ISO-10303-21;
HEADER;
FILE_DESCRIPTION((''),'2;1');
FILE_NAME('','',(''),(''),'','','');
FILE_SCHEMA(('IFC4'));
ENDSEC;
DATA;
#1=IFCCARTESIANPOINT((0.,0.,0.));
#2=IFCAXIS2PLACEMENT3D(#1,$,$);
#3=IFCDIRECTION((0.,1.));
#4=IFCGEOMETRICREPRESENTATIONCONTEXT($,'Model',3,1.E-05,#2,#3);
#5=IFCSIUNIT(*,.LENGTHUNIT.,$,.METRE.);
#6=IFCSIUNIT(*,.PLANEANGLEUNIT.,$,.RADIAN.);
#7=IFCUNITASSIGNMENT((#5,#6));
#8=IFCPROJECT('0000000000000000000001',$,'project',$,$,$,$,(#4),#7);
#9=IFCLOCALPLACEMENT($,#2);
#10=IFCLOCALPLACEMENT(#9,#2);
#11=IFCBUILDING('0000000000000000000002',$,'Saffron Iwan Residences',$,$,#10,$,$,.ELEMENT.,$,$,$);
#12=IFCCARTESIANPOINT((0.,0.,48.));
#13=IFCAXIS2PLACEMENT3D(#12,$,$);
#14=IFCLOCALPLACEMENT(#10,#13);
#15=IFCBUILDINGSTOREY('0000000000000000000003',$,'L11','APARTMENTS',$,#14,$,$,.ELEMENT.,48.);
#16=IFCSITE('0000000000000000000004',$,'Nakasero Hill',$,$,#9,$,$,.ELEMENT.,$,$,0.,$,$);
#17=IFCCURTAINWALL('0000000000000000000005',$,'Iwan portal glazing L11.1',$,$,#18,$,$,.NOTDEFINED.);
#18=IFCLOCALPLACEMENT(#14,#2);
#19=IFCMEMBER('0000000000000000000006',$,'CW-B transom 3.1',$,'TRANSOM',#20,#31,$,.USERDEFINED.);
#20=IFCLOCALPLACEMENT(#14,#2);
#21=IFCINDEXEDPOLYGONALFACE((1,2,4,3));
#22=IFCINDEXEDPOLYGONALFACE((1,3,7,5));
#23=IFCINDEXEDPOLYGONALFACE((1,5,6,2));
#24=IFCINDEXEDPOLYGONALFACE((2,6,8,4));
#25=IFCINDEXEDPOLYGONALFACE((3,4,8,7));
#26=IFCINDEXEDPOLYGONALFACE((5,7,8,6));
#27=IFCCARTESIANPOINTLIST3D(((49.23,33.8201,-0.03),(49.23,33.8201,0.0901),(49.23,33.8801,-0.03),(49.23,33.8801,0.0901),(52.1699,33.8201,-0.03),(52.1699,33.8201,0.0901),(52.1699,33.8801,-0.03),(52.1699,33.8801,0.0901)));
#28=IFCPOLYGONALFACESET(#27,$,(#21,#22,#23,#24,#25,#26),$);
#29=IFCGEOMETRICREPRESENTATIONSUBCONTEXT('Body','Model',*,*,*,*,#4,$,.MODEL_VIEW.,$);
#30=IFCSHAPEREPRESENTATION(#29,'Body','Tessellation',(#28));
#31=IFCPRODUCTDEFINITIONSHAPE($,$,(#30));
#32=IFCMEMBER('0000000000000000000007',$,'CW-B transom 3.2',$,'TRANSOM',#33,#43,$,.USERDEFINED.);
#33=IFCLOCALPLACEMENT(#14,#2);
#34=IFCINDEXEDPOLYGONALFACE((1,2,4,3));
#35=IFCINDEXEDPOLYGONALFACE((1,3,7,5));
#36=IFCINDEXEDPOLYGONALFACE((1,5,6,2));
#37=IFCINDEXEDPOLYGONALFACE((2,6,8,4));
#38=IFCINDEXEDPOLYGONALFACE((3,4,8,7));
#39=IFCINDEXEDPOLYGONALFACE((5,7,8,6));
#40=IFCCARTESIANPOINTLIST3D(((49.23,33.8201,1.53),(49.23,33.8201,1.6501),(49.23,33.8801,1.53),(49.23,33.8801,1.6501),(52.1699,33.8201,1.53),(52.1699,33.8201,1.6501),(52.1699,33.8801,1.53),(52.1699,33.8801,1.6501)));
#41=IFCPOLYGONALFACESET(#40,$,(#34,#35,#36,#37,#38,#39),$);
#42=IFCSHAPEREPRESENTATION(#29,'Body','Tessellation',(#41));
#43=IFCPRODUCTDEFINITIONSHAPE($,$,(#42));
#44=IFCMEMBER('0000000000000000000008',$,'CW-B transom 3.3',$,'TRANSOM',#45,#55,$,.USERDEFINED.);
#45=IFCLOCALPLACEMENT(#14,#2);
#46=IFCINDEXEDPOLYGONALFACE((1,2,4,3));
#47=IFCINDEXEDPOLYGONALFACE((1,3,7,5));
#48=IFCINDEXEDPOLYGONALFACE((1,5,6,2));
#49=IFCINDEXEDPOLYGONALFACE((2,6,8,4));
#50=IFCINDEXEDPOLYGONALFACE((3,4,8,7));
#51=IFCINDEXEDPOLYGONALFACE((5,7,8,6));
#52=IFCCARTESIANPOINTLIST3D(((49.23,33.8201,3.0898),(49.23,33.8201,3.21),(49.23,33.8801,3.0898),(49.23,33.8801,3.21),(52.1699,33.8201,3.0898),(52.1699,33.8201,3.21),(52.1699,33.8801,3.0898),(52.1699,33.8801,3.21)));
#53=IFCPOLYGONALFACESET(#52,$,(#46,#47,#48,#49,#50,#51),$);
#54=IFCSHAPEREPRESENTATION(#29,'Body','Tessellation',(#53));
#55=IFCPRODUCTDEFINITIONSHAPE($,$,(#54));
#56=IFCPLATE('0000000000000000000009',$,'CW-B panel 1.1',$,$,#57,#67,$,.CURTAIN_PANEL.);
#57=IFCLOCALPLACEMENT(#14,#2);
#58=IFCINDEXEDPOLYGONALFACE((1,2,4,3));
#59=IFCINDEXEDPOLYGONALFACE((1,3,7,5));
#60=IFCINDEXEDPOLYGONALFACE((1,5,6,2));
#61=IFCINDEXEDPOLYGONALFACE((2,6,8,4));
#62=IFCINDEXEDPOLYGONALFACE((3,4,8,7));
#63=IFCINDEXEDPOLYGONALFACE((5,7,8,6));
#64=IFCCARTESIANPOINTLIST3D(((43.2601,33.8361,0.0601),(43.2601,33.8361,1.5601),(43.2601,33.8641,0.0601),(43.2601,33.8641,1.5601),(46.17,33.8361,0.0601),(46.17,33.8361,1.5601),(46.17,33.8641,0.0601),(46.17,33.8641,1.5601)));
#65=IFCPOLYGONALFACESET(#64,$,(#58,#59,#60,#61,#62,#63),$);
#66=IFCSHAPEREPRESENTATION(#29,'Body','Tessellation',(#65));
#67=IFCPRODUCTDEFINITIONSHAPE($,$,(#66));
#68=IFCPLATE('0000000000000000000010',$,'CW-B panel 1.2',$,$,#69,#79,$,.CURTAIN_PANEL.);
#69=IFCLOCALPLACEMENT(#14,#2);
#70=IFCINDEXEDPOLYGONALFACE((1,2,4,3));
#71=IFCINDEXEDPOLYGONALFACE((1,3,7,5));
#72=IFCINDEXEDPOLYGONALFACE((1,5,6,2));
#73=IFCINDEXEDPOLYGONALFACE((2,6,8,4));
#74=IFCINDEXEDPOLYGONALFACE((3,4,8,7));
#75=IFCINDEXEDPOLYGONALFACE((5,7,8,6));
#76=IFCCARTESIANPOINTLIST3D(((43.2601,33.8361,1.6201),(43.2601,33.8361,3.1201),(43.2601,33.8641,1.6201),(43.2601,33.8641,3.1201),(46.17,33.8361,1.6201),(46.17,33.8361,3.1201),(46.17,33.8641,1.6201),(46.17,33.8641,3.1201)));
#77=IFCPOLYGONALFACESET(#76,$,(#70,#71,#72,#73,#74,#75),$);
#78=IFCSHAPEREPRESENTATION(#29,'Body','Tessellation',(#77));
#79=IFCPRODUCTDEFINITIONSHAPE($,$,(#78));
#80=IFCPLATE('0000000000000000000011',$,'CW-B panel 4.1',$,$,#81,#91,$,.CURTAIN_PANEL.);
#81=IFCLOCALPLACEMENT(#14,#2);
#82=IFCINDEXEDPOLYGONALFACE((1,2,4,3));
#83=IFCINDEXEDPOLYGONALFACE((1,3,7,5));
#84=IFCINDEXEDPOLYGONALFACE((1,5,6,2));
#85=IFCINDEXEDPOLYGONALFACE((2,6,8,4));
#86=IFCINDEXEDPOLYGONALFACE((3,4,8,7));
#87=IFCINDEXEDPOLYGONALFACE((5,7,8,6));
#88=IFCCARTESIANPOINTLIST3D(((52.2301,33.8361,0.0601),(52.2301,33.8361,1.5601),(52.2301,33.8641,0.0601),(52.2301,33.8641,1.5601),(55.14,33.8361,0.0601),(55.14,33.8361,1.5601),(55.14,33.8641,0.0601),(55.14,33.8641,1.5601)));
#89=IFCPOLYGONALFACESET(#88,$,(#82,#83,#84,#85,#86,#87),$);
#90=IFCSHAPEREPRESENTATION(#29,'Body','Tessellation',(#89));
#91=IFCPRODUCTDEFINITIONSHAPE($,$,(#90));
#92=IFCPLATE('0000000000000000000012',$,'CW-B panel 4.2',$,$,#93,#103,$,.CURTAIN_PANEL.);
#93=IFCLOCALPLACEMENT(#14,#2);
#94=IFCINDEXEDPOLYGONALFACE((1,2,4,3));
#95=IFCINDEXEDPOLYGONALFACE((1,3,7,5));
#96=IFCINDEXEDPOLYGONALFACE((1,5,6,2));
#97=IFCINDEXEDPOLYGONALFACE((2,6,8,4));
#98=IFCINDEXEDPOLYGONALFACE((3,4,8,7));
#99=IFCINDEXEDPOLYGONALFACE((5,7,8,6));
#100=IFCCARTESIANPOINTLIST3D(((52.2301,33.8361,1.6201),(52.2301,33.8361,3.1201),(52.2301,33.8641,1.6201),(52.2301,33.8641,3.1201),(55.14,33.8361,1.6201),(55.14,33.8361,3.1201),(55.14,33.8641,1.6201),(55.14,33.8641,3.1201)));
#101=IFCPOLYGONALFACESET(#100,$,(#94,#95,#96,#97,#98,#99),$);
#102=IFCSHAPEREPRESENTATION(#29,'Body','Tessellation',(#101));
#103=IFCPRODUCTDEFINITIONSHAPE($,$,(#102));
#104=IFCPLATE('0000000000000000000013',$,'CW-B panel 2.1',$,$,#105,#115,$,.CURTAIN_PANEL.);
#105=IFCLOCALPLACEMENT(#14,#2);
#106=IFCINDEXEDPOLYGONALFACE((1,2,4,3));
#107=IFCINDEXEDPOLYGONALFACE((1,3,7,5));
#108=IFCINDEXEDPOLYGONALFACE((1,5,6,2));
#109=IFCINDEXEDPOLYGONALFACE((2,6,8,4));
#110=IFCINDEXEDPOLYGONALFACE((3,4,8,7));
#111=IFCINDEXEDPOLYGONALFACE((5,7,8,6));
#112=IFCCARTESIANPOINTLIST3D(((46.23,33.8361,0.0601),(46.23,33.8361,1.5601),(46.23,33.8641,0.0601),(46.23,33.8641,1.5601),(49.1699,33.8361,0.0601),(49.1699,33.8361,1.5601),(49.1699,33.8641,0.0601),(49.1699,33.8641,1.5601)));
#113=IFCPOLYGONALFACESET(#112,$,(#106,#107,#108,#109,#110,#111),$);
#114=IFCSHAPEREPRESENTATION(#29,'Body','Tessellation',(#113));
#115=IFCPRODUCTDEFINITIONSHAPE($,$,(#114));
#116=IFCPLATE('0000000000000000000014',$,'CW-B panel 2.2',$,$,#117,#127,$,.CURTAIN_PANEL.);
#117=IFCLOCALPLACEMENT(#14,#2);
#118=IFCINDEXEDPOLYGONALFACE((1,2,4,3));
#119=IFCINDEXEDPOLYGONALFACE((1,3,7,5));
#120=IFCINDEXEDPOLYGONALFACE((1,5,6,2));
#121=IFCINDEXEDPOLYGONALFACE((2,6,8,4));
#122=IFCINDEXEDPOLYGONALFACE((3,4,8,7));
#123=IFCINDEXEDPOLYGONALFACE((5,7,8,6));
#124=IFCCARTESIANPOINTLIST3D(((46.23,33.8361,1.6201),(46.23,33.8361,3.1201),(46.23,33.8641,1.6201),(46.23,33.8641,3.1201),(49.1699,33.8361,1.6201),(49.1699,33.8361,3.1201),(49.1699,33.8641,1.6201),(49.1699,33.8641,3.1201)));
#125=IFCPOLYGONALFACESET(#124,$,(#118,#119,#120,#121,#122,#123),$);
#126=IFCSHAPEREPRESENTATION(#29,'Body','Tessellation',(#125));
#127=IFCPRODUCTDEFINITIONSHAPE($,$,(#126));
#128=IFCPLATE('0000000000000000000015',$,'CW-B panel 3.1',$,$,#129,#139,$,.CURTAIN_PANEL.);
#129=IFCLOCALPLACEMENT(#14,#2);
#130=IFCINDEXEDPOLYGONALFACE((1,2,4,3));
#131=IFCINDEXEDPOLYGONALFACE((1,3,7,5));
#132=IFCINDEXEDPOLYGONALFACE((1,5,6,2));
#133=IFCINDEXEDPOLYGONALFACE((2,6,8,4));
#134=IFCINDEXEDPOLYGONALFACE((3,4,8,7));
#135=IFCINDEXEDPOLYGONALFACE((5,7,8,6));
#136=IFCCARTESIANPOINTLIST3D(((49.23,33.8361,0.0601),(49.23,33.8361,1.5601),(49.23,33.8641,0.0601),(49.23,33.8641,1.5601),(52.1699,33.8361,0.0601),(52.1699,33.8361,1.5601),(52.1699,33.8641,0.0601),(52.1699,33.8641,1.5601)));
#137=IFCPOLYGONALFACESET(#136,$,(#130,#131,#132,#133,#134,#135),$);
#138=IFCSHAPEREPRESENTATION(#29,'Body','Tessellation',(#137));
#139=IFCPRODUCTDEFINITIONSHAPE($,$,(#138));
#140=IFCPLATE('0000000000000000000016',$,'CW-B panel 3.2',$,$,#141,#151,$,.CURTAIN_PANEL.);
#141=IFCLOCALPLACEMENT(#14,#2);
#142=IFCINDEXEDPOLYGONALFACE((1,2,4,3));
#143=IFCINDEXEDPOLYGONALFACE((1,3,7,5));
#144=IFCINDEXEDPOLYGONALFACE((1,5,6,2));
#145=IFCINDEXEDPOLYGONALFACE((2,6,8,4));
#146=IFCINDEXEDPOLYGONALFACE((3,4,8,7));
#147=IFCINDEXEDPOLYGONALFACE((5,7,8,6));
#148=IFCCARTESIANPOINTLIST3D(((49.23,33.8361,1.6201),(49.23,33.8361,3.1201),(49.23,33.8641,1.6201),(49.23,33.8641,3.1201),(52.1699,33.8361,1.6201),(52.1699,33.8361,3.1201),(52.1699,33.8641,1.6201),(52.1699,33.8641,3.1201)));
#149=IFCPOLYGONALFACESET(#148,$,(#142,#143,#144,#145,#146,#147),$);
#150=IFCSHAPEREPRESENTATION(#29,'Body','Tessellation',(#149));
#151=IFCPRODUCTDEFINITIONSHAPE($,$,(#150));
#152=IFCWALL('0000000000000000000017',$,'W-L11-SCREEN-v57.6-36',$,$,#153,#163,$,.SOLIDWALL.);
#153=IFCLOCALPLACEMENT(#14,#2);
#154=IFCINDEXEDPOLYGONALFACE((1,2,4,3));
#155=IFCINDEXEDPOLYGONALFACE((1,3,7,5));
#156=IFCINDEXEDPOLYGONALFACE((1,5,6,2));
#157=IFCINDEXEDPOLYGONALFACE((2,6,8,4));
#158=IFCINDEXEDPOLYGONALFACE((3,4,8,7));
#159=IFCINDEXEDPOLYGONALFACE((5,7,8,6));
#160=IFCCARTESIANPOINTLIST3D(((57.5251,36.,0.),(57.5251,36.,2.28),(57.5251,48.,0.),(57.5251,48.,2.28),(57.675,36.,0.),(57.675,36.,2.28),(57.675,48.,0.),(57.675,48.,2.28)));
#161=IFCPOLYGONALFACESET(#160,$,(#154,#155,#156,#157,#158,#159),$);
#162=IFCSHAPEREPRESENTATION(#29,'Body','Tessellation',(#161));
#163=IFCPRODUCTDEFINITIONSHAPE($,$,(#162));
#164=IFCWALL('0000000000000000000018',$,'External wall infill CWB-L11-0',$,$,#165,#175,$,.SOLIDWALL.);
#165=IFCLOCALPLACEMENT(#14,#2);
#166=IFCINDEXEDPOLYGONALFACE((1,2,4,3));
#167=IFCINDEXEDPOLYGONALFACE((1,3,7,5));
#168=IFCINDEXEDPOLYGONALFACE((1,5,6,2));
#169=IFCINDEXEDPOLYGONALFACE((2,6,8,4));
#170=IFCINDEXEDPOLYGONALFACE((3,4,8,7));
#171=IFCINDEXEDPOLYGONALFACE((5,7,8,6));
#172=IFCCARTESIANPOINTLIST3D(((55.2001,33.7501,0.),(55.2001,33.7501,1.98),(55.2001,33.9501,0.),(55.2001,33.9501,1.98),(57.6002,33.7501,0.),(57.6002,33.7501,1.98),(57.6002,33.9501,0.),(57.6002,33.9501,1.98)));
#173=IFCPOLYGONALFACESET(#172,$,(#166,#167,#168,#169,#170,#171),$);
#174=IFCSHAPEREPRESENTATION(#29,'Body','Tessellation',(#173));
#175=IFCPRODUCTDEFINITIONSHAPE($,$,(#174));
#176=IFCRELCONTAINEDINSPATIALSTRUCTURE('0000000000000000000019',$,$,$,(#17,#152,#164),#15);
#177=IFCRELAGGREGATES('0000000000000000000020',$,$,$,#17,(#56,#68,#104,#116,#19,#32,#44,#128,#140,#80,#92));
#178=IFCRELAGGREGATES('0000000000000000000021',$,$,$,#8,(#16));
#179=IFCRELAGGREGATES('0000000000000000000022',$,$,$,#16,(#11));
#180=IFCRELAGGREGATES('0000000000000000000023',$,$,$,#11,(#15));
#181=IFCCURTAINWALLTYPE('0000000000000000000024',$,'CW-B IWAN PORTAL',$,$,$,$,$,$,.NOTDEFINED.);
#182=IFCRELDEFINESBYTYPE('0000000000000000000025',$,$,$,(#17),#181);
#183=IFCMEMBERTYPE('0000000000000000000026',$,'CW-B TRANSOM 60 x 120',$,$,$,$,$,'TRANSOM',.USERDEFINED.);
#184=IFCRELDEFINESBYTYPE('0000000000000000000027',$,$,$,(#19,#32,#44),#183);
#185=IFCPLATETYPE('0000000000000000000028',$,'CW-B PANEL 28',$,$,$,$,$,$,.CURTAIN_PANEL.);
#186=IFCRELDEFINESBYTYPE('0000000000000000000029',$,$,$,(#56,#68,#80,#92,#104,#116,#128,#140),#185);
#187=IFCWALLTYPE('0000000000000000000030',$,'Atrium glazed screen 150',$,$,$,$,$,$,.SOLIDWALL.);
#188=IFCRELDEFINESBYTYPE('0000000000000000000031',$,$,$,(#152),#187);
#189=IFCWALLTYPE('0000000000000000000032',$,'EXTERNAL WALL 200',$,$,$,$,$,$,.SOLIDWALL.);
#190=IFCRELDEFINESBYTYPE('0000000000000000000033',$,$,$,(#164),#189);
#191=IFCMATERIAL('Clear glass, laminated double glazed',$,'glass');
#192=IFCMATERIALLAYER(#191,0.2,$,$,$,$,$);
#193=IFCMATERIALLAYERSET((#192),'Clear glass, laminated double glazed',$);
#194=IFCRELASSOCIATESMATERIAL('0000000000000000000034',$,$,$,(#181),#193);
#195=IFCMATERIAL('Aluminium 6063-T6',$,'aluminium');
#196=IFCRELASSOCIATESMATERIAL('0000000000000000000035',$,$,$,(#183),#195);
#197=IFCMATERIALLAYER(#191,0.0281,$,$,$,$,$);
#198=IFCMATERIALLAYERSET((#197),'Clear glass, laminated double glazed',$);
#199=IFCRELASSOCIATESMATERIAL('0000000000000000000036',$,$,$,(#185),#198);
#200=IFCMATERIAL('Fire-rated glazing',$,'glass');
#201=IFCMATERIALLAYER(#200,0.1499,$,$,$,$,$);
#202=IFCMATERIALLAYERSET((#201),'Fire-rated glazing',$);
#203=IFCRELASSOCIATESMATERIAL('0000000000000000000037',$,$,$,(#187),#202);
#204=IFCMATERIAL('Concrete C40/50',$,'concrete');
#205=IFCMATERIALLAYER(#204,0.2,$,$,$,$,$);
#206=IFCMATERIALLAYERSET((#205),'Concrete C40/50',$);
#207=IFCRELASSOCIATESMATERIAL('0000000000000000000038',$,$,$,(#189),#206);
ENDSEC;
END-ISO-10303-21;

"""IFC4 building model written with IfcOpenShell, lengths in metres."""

from ifc_helpers import new_model, si_unit, direction, frame, frame_2d, origin, origin_2d, place, context, subcontext, project, spatial, rectangle, extrude, source, transform, mapped, material, layer, layer_set, material_profile, profile_set, type_object, element, aggregate, save


model = new_model("IFC4")

# Units and contexts
model_context = context("Model", 3, precision=1e-05, world=origin(), true_north=direction((0.0, 1.0)))
body_context = subcontext(model_context, "Body", "Model", "MODEL_VIEW")
ifc_project = project(units=[si_unit("LENGTHUNIT", "METRE"), si_unit("PLANEANGLEUNIT", "RADIAN")], contexts=[model_context])

# Site, building, storey
site_placement = place(None, origin())
site = spatial("IfcSite", under=ifc_project, at=site_placement, Name="Nakasero Hill", CompositionType="ELEMENT", RefElevation=0.0)
building_placement = place(site_placement, origin())
building = spatial("IfcBuilding", under=site, at=building_placement, Name="Saffron Iwan Residences", CompositionType="ELEMENT")
storey_placement = place(building_placement, frame((0.0, 0.0, 48.0)))
storey = spatial("IfcBuildingStorey", under=building, at=storey_placement, Name="L11", Description="APARTMENTS", CompositionType="ELEMENT", Elevation=48.0)

# Curtain wall, members, plates
ifc_material_1 = material(Name="Clear glass, laminated double glazed", Category="glass")
ifc_layer_1 = layer(ifc_material_1, 0.2)
ifc_layer_set_1 = layer_set([ifc_layer_1], Name="Clear glass, laminated double glazed")
curtain_wall_type = type_object("IfcCurtainWallType", Name="CW-B IWAN PORTAL", PredefinedType="NOTDEFINED", material=ifc_layer_set_1)
curtain_wall_placement = place(storey_placement, origin())
curtain_wall = element("IfcCurtainWall", 1, at=curtain_wall_placement, inside=storey, type_object=curtain_wall_type, Name="Iwan portal glazing L11.1", PredefinedType="NOTDEFINED")
ifc_material_2 = material(Name="Aluminium 6063-T6", Category="aluminium")
ifc_material_profile_1 = material_profile(ifc_material_2, rectangle(XDim=0.0601, YDim=0.1201, at=origin_2d()), Name="CW-B TRANSOM 60 x 120")
ifc_profile_set_1 = profile_set([ifc_material_profile_1], Name="Aluminium 6063-T6")
member_type_1 = type_object("IfcMemberType", Name="CW-B TRANSOM 60 x 120", ElementType="TRANSOM", PredefinedType="USERDEFINED", material=ifc_profile_set_1)
shared_shape_1 = source(origin(), body_context, "Body", "SweptSolid", [
    extrude(rectangle(XDim=0.0601, YDim=0.1201, at=origin_2d()), origin(), (0.0, 0.0, 1.0), 2.9399),
])
member_1_placement = place(storey_placement, frame((49.23, 33.8501, 0.03), z_axis=(1.0, 0.0, 0.0), x_axis=(0.0, 1.0, 0.0)))
member_1 = element("IfcMember", 2, at=member_1_placement, type_object=member_type_1, Name="CW-B transom 3.1", ObjectType="TRANSOM", PredefinedType="USERDEFINED", context=body_context, shape_type="MappedRepresentation", body=[
    mapped(shared_shape_1, transform((0.0, 0.0, 0.0))),
])
member_2_placement = place(storey_placement, frame((49.23, 33.8501, 1.5901), z_axis=(1.0, 0.0, 0.0), x_axis=(0.0, 1.0, 0.0)))
member_2 = element("IfcMember", 3, at=member_2_placement, type_object=member_type_1, Name="CW-B transom 3.2", ObjectType="TRANSOM", PredefinedType="USERDEFINED", context=body_context, shape_type="MappedRepresentation", body=[
    mapped(shared_shape_1, transform((0.0, 0.0, 0.0))),
])
member_3_placement = place(storey_placement, frame((49.23, 33.8501, 3.1499), z_axis=(1.0, 0.0, 0.0), x_axis=(0.0, 1.0, 0.0)))
member_3 = element("IfcMember", 4, at=member_3_placement, type_object=member_type_1, Name="CW-B transom 3.3", ObjectType="TRANSOM", PredefinedType="USERDEFINED", context=body_context, shape_type="MappedRepresentation", body=[
    mapped(shared_shape_1, transform((0.0, 0.0, 0.0))),
])
ifc_layer_2 = layer(ifc_material_1, 0.0281)
ifc_layer_set_2 = layer_set([ifc_layer_2], Name="Clear glass, laminated double glazed")
plate_type = type_object("IfcPlateType", Name="CW-B PANEL 28", PredefinedType="CURTAIN_PANEL", material=ifc_layer_set_2)
shared_shape_2 = source(origin(), body_context, "Body", "SweptSolid", [
    extrude(rectangle(XDim=2.9099, YDim=0.0281, at=origin_2d()), origin(), (0.0, 0.0, 1.0), 1.5),
])
plate_1_placement = place(storey_placement, frame((44.7151, 33.8501, 0.0601), z_axis=(0.0, 0.0, 1.0), x_axis=(1.0, 0.0, 0.0)))
plate_1 = element("IfcPlate", 5, at=plate_1_placement, type_object=plate_type, Name="CW-B panel 1.1", PredefinedType="CURTAIN_PANEL", context=body_context, shape_type="MappedRepresentation", body=[
    mapped(shared_shape_2, transform((0.0, 0.0, 0.0))),
])
plate_2_placement = place(storey_placement, frame((44.7151, 33.8501, 1.6201), z_axis=(0.0, 0.0, 1.0), x_axis=(1.0, 0.0, 0.0)))
plate_2 = element("IfcPlate", 6, at=plate_2_placement, type_object=plate_type, Name="CW-B panel 1.2", PredefinedType="CURTAIN_PANEL", context=body_context, shape_type="MappedRepresentation", body=[
    mapped(shared_shape_2, transform((0.0, 0.0, 0.0))),
])
plate_3_placement = place(storey_placement, frame((53.6851, 33.8501, 0.0601), z_axis=(0.0, 0.0, 1.0), x_axis=(1.0, 0.0, 0.0)))
plate_3 = element("IfcPlate", 7, at=plate_3_placement, type_object=plate_type, Name="CW-B panel 4.1", PredefinedType="CURTAIN_PANEL", context=body_context, shape_type="MappedRepresentation", body=[
    mapped(shared_shape_2, transform((0.0, 0.0, 0.0))),
])
plate_4_placement = place(storey_placement, frame((53.6851, 33.8501, 1.6201), z_axis=(0.0, 0.0, 1.0), x_axis=(1.0, 0.0, 0.0)))
plate_4 = element("IfcPlate", 8, at=plate_4_placement, type_object=plate_type, Name="CW-B panel 4.2", PredefinedType="CURTAIN_PANEL", context=body_context, shape_type="MappedRepresentation", body=[
    mapped(shared_shape_2, transform((0.0, 0.0, 0.0))),
])
shared_shape_3 = source(origin(), body_context, "Body", "SweptSolid", [
    extrude(rectangle(XDim=2.9399, YDim=0.0281, at=origin_2d()), origin(), (0.0, 0.0, 1.0), 1.5),
])
plate_5_placement = place(storey_placement, frame((47.7, 33.8501, 0.0601), z_axis=(0.0, 0.0, 1.0), x_axis=(1.0, 0.0, 0.0)))
plate_5 = element("IfcPlate", 9, at=plate_5_placement, type_object=plate_type, Name="CW-B panel 2.1", PredefinedType="CURTAIN_PANEL", context=body_context, shape_type="MappedRepresentation", body=[
    mapped(shared_shape_3, transform((0.0, 0.0, 0.0))),
])
plate_6_placement = place(storey_placement, frame((47.7, 33.8501, 1.6201), z_axis=(0.0, 0.0, 1.0), x_axis=(1.0, 0.0, 0.0)))
plate_6 = element("IfcPlate", 10, at=plate_6_placement, type_object=plate_type, Name="CW-B panel 2.2", PredefinedType="CURTAIN_PANEL", context=body_context, shape_type="MappedRepresentation", body=[
    mapped(shared_shape_3, transform((0.0, 0.0, 0.0))),
])
plate_7_placement = place(storey_placement, frame((50.7, 33.8501, 0.0601), z_axis=(0.0, 0.0, 1.0), x_axis=(1.0, 0.0, 0.0)))
plate_7 = element("IfcPlate", 11, at=plate_7_placement, type_object=plate_type, Name="CW-B panel 3.1", PredefinedType="CURTAIN_PANEL", context=body_context, shape_type="MappedRepresentation", body=[
    mapped(shared_shape_3, transform((0.0, 0.0, 0.0))),
])
plate_8_placement = place(storey_placement, frame((50.7, 33.8501, 1.6201), z_axis=(0.0, 0.0, 1.0), x_axis=(1.0, 0.0, 0.0)))
plate_8 = element("IfcPlate", 12, at=plate_8_placement, type_object=plate_type, Name="CW-B panel 3.2", PredefinedType="CURTAIN_PANEL", context=body_context, shape_type="MappedRepresentation", body=[
    mapped(shared_shape_3, transform((0.0, 0.0, 0.0))),
])
aggregate(curtain_wall, [plate_1, plate_2, plate_5, plate_6, member_1, member_2, member_3, plate_7, plate_8, plate_3, plate_4])

# Walls
ifc_material_3 = material(Name="Fire-rated glazing", Category="glass")
ifc_layer_3 = layer(ifc_material_3, 0.1499)
ifc_layer_set_3 = layer_set([ifc_layer_3], Name="Fire-rated glazing")
wall_type_1 = type_object("IfcWallType", Name="Atrium glazed screen 150", PredefinedType="SOLIDWALL", material=ifc_layer_set_3)
wall_1_placement = place(storey_placement, frame((57.6001, 36.0, 0.0), z_axis=(0.0, 0.0, 1.0), x_axis=(0.0, 1.0, 0.0)))
element("IfcWall", 13, at=wall_1_placement, inside=storey, type_object=wall_type_1, Name="W-L11-SCREEN-v57.6-36", PredefinedType="SOLIDWALL", context=body_context, shape_type="SweptSolid", body=[
    extrude(rectangle(XDim=12.0, YDim=0.1499, at=frame_2d((6.0, 0.0))), origin(), (0.0, 0.0, 1.0), 2.28),
])
ifc_material_4 = material(Name="Concrete C40/50", Category="concrete")
ifc_layer_4 = layer(ifc_material_4, 0.2)
ifc_layer_set_4 = layer_set([ifc_layer_4], Name="Concrete C40/50")
wall_type_2 = type_object("IfcWallType", Name="EXTERNAL WALL 200", PredefinedType="SOLIDWALL", material=ifc_layer_set_4)
wall_2_placement = place(storey_placement, frame((55.2, 33.8501, 0.0), z_axis=(0.0, 0.0, 1.0), x_axis=(1.0, 0.0, 0.0)))
element("IfcWall", 14, at=wall_2_placement, inside=storey, type_object=wall_type_2, Name="External wall infill CWB-L11-0", PredefinedType="SOLIDWALL", context=body_context, shape_type="SweptSolid", body=[
    extrude(rectangle(XDim=2.4001, YDim=0.2, at=frame_2d((1.2002, 0.0))), origin(), (0.0, 0.0, 1.0), 1.98),
])

save(model, "model.ifc")
